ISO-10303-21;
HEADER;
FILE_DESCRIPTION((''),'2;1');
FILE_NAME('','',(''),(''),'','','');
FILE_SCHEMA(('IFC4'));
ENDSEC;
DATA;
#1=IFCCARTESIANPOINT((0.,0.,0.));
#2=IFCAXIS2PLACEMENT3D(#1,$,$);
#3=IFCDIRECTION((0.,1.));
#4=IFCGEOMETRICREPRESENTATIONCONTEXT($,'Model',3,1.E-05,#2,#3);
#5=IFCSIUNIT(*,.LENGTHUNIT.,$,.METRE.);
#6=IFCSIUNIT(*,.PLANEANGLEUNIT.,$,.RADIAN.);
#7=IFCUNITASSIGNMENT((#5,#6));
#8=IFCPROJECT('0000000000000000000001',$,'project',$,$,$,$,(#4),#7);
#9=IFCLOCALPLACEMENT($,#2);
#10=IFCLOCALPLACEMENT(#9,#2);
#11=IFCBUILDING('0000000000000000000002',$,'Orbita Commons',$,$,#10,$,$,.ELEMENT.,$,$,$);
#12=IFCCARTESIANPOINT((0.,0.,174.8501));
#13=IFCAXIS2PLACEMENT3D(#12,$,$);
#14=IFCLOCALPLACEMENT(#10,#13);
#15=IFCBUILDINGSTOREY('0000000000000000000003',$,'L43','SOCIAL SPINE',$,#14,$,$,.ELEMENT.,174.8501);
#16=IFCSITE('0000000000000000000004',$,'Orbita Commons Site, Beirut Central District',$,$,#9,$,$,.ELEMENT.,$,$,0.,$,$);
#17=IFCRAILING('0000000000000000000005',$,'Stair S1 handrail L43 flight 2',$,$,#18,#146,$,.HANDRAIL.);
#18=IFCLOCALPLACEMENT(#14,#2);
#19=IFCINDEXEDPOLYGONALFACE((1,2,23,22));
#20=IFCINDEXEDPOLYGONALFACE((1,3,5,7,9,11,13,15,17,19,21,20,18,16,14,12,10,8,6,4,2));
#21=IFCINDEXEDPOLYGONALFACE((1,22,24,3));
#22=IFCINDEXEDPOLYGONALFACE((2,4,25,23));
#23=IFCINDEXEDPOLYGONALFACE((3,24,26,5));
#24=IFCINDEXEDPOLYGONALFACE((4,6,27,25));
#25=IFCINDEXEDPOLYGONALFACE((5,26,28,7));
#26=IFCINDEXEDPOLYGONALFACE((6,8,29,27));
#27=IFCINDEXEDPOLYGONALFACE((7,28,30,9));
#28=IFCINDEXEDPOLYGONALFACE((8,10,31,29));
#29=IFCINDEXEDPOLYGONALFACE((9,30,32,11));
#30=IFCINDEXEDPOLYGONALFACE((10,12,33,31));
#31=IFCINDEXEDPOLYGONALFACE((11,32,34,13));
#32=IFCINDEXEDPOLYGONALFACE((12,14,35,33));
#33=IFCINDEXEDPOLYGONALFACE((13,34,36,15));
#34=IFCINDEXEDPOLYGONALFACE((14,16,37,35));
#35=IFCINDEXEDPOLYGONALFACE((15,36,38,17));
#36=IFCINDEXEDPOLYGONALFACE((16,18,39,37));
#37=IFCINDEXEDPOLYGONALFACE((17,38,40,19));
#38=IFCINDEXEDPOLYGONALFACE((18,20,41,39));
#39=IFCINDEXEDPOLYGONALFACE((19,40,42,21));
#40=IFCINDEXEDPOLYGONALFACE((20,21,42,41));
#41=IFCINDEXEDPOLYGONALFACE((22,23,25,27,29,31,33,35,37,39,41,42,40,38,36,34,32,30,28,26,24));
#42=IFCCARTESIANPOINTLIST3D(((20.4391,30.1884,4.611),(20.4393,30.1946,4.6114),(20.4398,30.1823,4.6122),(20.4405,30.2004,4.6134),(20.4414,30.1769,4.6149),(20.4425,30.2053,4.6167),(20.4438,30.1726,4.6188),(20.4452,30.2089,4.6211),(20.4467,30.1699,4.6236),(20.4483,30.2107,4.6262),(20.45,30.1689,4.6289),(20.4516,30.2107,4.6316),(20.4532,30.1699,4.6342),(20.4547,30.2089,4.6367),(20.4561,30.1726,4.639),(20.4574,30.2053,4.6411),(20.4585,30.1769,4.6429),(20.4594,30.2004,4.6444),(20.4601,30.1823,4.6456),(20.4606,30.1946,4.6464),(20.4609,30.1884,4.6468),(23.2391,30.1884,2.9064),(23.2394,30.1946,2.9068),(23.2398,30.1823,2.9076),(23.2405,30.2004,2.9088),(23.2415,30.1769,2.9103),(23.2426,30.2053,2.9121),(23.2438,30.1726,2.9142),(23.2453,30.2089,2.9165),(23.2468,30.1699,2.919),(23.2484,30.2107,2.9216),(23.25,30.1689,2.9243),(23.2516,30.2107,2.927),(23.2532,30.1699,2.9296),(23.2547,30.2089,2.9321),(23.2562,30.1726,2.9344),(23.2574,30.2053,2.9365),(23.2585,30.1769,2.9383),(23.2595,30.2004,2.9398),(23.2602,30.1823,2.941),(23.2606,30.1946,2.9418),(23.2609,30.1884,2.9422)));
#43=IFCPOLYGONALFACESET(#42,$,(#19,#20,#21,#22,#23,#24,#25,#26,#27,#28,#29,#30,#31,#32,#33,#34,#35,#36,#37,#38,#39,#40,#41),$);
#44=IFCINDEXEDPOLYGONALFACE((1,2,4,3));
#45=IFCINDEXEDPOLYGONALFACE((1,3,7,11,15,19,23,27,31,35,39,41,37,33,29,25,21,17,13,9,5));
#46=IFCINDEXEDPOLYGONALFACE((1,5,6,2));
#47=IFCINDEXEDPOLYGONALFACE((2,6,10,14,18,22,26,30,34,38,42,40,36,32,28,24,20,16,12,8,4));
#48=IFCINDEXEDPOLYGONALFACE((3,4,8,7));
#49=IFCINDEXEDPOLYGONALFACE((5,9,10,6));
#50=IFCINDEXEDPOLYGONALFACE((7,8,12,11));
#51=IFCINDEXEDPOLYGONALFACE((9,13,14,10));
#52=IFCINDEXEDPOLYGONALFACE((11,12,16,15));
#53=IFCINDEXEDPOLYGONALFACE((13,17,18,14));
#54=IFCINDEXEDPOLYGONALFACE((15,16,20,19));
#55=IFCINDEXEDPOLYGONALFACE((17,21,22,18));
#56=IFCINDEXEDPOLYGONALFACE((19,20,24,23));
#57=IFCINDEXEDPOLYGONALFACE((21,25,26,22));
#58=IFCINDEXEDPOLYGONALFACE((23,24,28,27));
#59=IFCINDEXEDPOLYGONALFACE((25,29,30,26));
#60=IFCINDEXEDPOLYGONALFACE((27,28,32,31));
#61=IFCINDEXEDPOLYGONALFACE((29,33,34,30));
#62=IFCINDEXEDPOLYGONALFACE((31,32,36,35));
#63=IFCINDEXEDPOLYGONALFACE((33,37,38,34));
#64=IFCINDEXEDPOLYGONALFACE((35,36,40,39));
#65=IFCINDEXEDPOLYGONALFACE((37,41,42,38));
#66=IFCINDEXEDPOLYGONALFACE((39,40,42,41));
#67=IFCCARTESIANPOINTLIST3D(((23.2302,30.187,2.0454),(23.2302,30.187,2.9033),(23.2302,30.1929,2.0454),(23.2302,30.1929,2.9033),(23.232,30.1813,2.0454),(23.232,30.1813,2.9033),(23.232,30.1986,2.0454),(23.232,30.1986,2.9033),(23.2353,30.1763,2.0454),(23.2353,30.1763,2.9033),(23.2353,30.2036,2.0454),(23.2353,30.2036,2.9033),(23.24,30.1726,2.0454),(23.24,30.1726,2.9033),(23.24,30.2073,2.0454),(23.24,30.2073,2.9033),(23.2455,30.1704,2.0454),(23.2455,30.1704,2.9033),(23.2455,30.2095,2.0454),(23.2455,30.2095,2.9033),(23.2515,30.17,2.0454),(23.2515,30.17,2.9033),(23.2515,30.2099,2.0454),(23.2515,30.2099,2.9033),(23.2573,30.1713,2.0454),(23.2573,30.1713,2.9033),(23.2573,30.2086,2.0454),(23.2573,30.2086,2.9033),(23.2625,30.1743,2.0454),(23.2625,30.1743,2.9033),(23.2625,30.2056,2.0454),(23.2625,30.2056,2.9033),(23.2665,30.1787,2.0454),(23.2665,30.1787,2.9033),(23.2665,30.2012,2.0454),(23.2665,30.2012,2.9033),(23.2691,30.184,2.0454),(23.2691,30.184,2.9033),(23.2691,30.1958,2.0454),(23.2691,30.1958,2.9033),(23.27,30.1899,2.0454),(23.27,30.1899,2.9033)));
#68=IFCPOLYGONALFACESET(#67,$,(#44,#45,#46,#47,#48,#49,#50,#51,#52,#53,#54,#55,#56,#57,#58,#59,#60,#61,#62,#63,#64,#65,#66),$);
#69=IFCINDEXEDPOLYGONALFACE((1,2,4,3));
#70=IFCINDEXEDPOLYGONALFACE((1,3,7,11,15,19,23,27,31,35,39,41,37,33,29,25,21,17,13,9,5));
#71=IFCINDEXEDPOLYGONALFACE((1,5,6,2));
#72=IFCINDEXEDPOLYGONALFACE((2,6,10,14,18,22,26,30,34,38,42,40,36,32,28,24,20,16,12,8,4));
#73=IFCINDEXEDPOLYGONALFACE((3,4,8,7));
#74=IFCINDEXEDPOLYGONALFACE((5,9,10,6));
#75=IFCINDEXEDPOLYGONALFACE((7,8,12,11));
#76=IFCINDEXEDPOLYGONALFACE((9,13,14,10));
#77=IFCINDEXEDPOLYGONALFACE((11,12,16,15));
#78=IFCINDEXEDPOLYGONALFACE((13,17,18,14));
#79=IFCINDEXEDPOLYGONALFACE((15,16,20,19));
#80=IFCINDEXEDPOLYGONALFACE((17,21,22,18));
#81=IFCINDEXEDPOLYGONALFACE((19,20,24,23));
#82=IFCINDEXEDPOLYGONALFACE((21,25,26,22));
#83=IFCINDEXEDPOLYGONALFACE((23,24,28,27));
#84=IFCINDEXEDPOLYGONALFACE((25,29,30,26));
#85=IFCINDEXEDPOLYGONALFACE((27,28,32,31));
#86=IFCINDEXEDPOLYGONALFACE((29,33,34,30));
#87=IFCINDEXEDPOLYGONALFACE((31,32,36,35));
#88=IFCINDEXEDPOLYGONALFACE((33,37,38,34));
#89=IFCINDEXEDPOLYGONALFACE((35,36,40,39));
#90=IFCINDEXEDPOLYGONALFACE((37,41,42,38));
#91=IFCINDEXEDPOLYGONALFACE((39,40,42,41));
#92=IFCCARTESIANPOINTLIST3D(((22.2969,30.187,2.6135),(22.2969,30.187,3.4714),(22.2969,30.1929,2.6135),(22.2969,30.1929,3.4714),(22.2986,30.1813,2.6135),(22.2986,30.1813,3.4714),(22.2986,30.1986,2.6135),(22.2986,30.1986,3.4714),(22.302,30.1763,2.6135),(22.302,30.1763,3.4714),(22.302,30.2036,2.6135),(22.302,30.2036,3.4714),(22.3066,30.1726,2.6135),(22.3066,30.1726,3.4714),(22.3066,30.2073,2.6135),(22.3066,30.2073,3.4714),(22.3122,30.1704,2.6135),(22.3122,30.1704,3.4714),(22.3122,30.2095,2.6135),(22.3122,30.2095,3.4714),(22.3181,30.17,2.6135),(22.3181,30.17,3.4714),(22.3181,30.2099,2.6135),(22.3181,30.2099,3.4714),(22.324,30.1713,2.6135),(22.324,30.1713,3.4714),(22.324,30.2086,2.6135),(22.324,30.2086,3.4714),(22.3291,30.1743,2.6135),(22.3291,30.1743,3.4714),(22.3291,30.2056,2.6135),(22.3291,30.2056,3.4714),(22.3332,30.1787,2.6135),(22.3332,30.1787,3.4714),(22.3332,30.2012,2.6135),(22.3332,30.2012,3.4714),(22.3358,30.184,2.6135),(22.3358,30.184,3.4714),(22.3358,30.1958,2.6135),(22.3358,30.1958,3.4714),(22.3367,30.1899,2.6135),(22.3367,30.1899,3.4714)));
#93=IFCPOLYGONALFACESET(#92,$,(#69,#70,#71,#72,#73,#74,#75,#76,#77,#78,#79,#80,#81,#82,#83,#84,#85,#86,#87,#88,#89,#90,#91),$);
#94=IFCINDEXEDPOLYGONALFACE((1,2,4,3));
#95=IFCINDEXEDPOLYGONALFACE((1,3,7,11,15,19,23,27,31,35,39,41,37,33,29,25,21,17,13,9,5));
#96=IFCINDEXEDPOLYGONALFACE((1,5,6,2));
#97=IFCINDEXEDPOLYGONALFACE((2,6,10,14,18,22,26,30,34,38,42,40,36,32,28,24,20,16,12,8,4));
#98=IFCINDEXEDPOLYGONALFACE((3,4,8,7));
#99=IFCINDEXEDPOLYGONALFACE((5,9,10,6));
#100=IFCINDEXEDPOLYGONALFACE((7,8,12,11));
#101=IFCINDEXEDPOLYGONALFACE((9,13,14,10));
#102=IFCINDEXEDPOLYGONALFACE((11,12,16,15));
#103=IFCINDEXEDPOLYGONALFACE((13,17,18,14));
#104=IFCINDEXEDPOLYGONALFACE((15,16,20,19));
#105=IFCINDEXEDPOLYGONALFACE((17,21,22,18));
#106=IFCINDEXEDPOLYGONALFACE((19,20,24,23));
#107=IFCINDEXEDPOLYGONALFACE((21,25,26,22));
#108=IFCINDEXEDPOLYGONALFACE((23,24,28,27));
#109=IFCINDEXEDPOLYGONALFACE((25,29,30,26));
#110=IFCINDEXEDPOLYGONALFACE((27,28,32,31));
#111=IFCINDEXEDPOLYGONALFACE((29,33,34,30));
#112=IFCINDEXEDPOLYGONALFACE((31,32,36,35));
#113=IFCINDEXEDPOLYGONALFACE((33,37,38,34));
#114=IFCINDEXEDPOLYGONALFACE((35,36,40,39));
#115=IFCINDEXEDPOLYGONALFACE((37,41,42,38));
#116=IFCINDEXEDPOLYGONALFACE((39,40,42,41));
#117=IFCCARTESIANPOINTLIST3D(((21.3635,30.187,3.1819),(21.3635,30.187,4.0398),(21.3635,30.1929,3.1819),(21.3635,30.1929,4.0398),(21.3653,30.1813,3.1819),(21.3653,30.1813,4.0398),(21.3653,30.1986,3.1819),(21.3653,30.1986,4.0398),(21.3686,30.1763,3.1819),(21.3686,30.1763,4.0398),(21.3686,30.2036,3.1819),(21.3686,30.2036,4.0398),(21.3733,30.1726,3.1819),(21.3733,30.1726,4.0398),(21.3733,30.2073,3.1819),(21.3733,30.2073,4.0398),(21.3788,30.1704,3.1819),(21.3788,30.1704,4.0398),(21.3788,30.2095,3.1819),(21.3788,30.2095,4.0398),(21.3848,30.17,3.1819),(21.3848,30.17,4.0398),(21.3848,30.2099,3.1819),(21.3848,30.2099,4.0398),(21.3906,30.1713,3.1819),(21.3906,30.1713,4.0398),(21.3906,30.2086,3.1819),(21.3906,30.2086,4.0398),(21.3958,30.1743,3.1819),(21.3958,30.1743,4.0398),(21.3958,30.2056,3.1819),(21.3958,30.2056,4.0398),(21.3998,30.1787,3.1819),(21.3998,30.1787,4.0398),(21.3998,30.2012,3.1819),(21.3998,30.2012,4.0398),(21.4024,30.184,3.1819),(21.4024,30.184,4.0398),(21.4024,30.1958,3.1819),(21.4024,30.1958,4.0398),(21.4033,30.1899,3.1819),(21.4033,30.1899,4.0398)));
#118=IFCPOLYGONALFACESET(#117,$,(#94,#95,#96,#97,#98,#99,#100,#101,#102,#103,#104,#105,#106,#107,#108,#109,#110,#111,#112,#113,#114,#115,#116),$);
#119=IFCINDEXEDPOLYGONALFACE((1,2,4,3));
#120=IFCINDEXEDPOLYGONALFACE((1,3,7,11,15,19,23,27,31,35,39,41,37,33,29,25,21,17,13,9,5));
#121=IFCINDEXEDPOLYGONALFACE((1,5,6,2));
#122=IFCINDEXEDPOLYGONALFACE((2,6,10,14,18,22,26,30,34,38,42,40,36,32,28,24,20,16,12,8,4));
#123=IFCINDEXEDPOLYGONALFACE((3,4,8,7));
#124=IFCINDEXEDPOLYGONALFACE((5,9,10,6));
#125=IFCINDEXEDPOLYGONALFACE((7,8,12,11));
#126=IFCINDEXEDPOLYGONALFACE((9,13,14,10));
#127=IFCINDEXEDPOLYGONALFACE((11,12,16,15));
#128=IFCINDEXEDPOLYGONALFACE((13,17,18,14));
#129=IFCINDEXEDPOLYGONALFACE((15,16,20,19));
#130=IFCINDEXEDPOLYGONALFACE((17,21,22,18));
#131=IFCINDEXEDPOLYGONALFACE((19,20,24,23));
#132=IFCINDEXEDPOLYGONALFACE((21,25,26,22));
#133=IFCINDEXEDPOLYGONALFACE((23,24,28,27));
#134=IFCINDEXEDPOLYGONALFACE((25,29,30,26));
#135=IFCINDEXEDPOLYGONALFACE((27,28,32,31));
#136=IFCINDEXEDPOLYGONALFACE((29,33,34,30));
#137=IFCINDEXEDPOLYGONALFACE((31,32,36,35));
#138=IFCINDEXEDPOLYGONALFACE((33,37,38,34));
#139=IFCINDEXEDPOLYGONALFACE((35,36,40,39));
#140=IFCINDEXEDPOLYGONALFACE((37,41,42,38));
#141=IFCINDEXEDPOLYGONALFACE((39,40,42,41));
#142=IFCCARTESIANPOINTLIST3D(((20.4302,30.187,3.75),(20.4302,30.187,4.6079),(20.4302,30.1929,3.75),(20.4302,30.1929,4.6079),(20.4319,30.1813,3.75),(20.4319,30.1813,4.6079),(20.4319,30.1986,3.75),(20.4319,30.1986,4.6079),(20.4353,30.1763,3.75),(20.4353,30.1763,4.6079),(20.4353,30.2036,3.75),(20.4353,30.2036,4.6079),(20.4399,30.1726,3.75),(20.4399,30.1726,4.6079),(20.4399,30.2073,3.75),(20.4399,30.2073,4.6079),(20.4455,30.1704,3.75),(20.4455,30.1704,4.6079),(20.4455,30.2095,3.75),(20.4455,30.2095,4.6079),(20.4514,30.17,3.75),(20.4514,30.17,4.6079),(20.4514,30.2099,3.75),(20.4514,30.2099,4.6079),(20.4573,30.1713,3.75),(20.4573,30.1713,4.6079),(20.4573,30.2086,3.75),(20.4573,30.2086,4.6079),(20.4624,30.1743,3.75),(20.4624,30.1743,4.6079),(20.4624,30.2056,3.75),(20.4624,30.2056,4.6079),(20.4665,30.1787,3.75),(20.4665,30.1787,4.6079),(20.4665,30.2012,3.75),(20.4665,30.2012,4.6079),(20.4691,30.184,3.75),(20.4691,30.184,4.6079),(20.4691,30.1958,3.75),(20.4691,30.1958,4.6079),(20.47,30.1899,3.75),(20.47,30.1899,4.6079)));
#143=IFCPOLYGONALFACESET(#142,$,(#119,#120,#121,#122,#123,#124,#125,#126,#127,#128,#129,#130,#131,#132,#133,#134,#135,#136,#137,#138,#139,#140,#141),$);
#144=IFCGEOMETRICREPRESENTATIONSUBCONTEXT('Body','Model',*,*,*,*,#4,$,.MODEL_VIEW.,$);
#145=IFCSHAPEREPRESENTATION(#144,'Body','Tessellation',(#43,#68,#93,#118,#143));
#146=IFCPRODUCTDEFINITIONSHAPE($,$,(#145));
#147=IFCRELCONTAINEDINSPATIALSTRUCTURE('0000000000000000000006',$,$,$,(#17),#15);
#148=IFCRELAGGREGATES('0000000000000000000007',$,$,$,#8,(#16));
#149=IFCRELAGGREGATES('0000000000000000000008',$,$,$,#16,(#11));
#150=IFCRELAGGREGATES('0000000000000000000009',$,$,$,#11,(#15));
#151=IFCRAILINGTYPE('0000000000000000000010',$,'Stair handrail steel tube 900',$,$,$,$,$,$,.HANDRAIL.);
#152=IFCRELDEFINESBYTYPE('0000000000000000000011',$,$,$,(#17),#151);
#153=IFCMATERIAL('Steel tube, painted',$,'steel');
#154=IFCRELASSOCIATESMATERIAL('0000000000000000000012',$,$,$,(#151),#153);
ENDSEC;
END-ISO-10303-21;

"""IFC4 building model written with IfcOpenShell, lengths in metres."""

from ifc_helpers import new_model, si_unit, direction, frame, origin, origin_2d, place, context, subcontext, project, spatial, circle, extrude, material, type_object, element, save


model = new_model("IFC4")

# Units and contexts
model_context = context("Model", 3, precision=1e-05, world=origin(), true_north=direction((0.0, 1.0)))
body_context = subcontext(model_context, "Body", "Model", "MODEL_VIEW")
ifc_project = project(units=[si_unit("LENGTHUNIT", "METRE"), si_unit("PLANEANGLEUNIT", "RADIAN")], contexts=[model_context])

# Site, building, storey
site_placement = place(None, origin())
site = spatial("IfcSite", under=ifc_project, at=site_placement, Name="Orbita Commons Site, Beirut Central District", CompositionType="ELEMENT", RefElevation=0.0)
building_placement = place(site_placement, origin())
building = spatial("IfcBuilding", under=site, at=building_placement, Name="Orbita Commons", CompositionType="ELEMENT")
storey_placement = place(building_placement, frame((0.0, 0.0, 174.8501)))
storey = spatial("IfcBuildingStorey", under=building, at=storey_placement, Name="L43", Description="SOCIAL SPINE", CompositionType="ELEMENT", Elevation=174.8501)

# Railing
ifc_material_1 = material(Name="Steel tube, painted", Category="steel")
railing_type = type_object("IfcRailingType", Name="Stair handrail steel tube 900", PredefinedType="HANDRAIL", material=ifc_material_1)
for number, where, name in (
    (1, (23.25, 30.1899, 2.0454), "Stair S1 handrail L43 flight 2"),
):
    element("IfcRailing", number, at=place(storey_placement, frame(where)), inside=storey, type_object=railing_type, Name=name, PredefinedType="HANDRAIL", context=body_context, shape_type="SweptSolid", body=[
        extrude(circle(Radius=0.021, at=origin_2d()), frame((0.0, 0.0, 0.8789), z_axis=(-0.85417, 0.0, 0.519994), x_axis=(0.0, -1.0, 0.0)), (0.0, 0.0, 1.0), 3.2781),
        extrude(circle(Radius=0.02, at=origin_2d()), origin(), (0.0, 0.0, 1.0), 0.8579),
        extrude(circle(Radius=0.02, at=origin_2d()), frame((-0.9333, 0.0, 0.5681)), (0.0, 0.0, 1.0), 0.8579),
        extrude(circle(Radius=0.02, at=origin_2d()), frame((-1.8667, 0.0, 1.1365)), (0.0, 0.0, 1.0), 0.8579),
        extrude(circle(Radius=0.02, at=origin_2d()), frame((-2.8, 0.0, 1.7046)), (0.0, 0.0, 1.0), 0.8579),
    ])

save(model, "model.ifc")
